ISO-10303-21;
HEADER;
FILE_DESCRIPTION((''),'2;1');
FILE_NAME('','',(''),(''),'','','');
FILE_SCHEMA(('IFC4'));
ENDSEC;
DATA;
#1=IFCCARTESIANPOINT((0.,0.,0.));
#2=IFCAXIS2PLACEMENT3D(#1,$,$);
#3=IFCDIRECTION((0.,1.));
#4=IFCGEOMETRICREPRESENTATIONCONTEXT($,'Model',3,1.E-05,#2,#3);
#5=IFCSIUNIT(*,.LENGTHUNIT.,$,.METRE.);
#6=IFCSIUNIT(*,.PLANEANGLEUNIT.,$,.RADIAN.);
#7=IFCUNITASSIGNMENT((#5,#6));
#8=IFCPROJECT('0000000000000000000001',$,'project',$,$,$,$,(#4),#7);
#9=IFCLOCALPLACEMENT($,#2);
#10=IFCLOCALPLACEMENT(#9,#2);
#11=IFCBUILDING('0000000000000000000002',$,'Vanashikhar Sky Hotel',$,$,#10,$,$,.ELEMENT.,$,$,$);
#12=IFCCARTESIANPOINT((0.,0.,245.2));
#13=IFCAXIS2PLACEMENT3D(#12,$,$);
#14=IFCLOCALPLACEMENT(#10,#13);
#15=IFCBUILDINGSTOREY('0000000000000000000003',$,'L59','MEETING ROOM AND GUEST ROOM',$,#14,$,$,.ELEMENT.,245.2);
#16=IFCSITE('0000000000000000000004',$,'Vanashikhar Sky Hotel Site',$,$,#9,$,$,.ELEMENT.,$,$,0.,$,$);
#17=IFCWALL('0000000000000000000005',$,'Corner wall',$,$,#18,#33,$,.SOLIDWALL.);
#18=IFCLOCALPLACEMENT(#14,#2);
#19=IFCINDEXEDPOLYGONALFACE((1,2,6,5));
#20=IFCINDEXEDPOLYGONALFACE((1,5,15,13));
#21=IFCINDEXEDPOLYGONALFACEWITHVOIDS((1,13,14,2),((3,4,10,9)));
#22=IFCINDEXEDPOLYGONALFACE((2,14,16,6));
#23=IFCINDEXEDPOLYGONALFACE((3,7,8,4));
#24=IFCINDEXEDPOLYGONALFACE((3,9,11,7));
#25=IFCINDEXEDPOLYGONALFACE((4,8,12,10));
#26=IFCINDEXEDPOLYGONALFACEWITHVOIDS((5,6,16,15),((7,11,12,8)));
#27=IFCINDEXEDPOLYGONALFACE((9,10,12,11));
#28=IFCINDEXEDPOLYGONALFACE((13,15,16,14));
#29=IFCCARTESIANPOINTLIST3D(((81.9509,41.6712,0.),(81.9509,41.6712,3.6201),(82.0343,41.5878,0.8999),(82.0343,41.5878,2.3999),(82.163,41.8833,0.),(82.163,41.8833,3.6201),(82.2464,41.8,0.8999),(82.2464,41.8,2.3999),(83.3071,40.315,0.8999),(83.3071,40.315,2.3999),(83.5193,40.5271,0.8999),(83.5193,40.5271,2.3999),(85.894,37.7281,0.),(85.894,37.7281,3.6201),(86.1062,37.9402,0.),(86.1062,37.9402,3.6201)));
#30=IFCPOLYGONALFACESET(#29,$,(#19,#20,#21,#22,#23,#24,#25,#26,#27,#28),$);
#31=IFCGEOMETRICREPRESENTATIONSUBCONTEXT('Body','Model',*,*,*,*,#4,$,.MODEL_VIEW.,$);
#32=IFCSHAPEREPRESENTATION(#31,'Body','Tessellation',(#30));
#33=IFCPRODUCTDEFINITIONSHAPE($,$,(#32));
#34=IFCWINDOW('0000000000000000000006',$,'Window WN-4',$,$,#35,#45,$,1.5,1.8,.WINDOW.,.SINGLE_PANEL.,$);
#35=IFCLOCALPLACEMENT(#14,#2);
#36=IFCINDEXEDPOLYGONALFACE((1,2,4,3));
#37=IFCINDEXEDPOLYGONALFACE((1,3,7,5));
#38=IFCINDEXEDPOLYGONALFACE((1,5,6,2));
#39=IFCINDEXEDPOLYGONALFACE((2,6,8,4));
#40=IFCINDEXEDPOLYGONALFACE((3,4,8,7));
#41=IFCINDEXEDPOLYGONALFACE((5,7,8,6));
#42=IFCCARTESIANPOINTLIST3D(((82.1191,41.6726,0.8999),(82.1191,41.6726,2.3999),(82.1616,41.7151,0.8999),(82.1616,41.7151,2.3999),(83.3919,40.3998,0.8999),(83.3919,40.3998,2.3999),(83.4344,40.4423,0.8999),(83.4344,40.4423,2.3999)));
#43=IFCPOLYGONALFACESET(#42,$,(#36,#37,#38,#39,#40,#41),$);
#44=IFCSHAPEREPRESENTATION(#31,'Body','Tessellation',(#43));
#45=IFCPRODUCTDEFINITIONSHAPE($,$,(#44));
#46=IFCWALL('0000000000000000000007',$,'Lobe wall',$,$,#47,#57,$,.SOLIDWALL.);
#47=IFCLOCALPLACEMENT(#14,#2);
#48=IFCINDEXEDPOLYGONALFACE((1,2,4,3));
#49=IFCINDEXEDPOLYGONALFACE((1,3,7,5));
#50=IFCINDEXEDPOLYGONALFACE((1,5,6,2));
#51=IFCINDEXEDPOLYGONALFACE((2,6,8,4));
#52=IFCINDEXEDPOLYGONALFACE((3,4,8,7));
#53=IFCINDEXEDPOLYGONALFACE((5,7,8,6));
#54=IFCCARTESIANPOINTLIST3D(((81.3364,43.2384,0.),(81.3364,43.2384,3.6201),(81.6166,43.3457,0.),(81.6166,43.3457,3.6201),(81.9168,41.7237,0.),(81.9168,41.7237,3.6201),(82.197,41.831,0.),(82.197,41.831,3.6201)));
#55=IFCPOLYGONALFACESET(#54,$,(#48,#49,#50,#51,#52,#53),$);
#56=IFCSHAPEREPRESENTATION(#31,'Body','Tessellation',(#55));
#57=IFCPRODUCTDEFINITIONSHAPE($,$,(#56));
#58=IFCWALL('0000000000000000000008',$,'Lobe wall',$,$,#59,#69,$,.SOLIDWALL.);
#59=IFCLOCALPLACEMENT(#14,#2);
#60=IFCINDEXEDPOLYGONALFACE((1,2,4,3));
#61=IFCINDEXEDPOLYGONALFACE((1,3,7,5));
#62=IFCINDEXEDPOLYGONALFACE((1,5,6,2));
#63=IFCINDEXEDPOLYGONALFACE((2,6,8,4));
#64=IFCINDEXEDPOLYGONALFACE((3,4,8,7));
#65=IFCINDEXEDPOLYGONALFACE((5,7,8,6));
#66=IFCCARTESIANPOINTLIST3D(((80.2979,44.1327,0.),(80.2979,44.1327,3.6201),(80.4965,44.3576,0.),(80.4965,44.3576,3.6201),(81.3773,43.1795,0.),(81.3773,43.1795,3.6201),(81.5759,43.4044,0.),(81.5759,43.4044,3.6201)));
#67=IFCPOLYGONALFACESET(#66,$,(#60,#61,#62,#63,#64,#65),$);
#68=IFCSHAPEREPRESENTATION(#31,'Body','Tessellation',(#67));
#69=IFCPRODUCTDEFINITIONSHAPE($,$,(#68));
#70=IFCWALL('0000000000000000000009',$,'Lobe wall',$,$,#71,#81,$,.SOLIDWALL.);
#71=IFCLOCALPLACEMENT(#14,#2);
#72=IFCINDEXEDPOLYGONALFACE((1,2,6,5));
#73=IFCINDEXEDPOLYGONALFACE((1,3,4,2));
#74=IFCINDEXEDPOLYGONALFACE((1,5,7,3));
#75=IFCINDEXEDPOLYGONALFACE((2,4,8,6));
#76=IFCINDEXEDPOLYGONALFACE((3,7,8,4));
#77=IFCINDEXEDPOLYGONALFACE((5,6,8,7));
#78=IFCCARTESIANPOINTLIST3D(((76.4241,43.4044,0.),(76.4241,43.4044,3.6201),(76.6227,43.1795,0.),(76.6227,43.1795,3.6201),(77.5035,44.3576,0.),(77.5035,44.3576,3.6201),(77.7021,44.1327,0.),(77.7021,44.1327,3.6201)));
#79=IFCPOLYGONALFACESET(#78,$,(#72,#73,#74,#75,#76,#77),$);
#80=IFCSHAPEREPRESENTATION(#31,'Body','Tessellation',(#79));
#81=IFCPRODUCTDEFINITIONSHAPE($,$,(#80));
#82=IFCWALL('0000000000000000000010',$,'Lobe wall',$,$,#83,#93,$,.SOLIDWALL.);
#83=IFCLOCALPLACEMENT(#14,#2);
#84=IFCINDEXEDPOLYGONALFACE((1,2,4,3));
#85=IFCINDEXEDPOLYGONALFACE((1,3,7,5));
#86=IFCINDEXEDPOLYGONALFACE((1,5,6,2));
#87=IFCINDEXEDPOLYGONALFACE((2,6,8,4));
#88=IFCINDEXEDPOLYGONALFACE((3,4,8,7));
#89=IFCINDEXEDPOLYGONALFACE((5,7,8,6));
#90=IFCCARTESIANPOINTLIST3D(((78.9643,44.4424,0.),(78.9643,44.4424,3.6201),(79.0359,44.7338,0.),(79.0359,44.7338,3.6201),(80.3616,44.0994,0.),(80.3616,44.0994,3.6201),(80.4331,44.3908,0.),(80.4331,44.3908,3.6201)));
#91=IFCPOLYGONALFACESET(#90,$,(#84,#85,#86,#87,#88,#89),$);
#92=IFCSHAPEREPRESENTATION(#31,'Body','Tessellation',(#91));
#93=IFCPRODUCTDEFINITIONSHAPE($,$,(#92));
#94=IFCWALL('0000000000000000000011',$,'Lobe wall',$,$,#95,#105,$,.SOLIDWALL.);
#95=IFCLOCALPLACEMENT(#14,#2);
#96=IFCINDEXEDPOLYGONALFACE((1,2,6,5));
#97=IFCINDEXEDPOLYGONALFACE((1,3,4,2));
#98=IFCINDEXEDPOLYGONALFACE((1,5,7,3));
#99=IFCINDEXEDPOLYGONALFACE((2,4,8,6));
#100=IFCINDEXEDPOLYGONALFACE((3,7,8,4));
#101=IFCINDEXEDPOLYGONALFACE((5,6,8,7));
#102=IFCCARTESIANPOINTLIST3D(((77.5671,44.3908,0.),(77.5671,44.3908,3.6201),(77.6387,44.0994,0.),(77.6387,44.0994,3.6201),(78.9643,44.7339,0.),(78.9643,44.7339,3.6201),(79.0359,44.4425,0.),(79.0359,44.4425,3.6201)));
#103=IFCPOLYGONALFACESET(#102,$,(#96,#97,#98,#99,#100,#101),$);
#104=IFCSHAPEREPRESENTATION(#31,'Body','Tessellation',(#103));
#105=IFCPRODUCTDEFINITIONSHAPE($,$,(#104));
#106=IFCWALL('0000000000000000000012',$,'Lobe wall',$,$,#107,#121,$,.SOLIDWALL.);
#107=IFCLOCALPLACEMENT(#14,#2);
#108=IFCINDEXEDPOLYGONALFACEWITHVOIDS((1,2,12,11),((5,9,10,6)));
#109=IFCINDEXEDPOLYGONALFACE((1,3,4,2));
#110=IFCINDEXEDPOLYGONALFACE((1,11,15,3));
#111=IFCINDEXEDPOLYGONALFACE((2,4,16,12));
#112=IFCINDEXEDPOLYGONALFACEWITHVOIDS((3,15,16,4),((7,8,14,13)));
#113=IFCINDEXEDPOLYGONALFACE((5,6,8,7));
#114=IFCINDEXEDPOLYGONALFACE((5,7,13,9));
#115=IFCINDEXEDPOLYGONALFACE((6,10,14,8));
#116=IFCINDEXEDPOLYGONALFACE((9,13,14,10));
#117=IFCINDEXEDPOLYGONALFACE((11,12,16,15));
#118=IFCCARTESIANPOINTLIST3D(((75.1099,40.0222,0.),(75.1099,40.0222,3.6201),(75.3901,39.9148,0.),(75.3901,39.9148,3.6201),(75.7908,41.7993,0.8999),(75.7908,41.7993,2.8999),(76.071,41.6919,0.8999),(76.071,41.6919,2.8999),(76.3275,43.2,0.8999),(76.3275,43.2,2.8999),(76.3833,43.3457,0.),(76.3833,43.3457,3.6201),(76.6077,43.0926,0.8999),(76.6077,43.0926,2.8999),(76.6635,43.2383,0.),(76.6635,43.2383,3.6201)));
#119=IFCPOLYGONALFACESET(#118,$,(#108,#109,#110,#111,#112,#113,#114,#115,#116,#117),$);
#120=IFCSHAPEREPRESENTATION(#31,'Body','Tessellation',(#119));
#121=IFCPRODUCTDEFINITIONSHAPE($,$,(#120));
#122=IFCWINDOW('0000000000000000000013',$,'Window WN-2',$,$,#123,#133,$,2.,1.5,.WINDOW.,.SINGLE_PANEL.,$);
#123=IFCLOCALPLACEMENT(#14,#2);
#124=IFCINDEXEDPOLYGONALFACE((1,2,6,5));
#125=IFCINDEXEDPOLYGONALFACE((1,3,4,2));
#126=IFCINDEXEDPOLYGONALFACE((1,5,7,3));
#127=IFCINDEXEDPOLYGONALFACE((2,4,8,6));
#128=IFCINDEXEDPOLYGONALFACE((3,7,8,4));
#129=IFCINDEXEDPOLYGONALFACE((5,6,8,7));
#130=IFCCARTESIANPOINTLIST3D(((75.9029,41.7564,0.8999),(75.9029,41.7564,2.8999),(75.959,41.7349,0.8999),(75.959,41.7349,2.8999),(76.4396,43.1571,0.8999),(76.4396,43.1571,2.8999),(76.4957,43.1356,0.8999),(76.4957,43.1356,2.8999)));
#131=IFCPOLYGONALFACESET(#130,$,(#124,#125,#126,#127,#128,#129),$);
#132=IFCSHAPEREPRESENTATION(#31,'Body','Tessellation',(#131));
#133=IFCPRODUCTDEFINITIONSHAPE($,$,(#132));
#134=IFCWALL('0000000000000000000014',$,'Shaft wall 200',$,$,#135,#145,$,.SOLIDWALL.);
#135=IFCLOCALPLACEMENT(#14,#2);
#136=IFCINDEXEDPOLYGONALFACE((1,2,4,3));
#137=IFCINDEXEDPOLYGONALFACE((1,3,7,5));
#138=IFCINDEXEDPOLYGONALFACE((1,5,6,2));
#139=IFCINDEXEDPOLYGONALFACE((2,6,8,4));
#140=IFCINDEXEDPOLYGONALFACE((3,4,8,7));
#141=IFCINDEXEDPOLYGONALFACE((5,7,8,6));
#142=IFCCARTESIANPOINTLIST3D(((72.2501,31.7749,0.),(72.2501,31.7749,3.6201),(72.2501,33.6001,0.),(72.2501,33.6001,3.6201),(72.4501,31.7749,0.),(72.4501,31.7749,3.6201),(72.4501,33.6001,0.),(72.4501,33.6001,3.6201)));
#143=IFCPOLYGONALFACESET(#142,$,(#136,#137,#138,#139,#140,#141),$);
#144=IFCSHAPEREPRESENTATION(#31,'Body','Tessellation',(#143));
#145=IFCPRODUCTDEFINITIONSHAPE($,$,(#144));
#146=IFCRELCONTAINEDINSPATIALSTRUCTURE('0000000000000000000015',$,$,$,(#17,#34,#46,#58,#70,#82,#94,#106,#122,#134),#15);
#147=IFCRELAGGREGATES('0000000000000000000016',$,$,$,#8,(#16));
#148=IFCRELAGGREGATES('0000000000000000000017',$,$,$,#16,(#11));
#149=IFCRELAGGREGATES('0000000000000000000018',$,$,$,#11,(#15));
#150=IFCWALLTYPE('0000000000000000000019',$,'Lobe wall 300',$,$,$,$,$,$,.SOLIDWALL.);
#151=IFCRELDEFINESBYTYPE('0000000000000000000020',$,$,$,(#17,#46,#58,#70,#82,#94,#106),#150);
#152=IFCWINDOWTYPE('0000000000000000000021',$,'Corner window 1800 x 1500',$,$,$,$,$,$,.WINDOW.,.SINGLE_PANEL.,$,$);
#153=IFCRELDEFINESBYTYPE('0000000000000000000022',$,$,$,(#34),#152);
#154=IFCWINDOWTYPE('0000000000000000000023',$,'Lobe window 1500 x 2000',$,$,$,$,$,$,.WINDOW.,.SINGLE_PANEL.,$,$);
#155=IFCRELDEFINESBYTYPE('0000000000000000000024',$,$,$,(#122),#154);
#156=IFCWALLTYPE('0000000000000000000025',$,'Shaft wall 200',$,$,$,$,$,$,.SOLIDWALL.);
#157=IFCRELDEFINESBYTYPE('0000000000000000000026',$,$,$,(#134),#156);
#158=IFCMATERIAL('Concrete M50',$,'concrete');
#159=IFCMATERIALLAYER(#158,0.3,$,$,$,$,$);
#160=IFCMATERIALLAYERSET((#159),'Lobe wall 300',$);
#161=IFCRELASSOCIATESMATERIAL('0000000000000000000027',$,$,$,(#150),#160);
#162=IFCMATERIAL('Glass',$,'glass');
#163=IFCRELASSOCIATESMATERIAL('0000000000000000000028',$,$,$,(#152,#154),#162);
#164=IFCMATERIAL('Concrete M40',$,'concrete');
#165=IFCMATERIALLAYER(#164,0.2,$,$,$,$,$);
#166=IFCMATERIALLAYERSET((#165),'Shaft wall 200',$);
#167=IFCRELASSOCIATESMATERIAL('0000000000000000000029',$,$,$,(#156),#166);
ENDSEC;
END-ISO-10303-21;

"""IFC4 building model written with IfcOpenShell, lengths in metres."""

from ifc_helpers import new_model, si_unit, direction, frame, frame_2d, origin, place, context, subcontext, project, spatial, rectangle, extrude, source, transform, mapped, material, layer, layer_set, type_object, element, fill, save


model = new_model("IFC4")

# Units and contexts
model_context = context("Model", 3, precision=1e-05, world=origin(), true_north=direction((0.0, 1.0)))
body_context = subcontext(model_context, "Body", "Model", "MODEL_VIEW")
ifc_project = project(units=[si_unit("LENGTHUNIT", "METRE"), si_unit("PLANEANGLEUNIT", "RADIAN")], contexts=[model_context])

# Site, building, storey
site_placement = place(None, origin())
site = spatial("IfcSite", under=ifc_project, at=site_placement, Name="Vanashikhar Sky Hotel Site", CompositionType="ELEMENT", RefElevation=0.0)
building_placement = place(site_placement, origin())
building = spatial("IfcBuilding", under=site, at=building_placement, Name="Vanashikhar Sky Hotel", CompositionType="ELEMENT")
storey_placement = place(building_placement, frame((0.0, 0.0, 245.2)))
storey = spatial("IfcBuildingStorey", under=building, at=storey_placement, Name="L59", Description="MEETING ROOM AND GUEST ROOM", CompositionType="ELEMENT", Elevation=245.2)

# Wall, opening, window
ifc_material_1 = material(Name="Concrete M50", Category="concrete")
ifc_layer_1 = layer(ifc_material_1, 0.3)
ifc_layer_set_1 = layer_set([ifc_layer_1], Name="Lobe wall 300")
wall_type_1 = type_object("IfcWallType", Name="Lobe wall 300", PredefinedType="SOLIDWALL", material=ifc_layer_set_1)
shared_shape_1 = source(origin(), body_context, "Body", "SweptSolid", [
    extrude(rectangle(XDim=5.5764, YDim=0.3, at=frame_2d((2.7881, 0.0))), origin(), (0.0, 0.0, 1.0), 3.6201),
])
wall_1_placement = place(storey_placement, frame((86.0, 37.8342, 0.0), z_axis=(0.0, 0.0, 1.0), x_axis=(-0.707107, 0.707107, 0.0)))
wall_1 = element("IfcWall", 1, at=wall_1_placement, inside=storey, type_object=wall_type_1, Name="Corner wall", PredefinedType="SOLIDWALL", context=body_context, shape_type="MappedRepresentation", body=[
    mapped(shared_shape_1, transform((0.0, 0.0, 0.0), scale=1.0)),
])
shared_shape_2 = source(origin(), body_context, "Body", "SweptSolid", [
    extrude(rectangle(XDim=1.8, YDim=1.5, at=frame_2d((0.8999, 0.75))), frame((0.0, 0.1602, 0.0), z_axis=(0.0, -1.0, 0.0), x_axis=(1.0, 0.0, 0.0)), (0.0, 0.0, 1.0), 0.3201),
])
opening_1_placement = place(wall_1_placement, frame((3.6584, 0.0, 0.8999)))
opening_1 = element("IfcOpeningElement", 2, at=opening_1_placement, cuts=wall_1, PredefinedType="OPENING", context=body_context, shape_type="MappedRepresentation", body=[
    mapped(shared_shape_2, transform((0.0, 0.0, 0.0), scale=1.0)),
])
ifc_material_2 = material(Name="Glass", Category="glass")
window_type_1 = type_object("IfcWindowType", Name="Corner window 1800 x 1500", PartitioningType="SINGLE_PANEL", PredefinedType="WINDOW", material=ifc_material_2)
shared_shape_3 = source(origin(), body_context, "Body", "SweptSolid", [
    extrude(rectangle(XDim=1.8, YDim=1.5, at=frame_2d((0.8999, 0.75))), frame((0.0, 0.03, 0.0), z_axis=(0.0, -1.0, 0.0), x_axis=(1.0, 0.0, 0.0)), (0.0, 0.0, 1.0), 0.0601),
])
window_1_placement = place(opening_1_placement, origin())
window_1 = element("IfcWindow", 3, at=window_1_placement, inside=storey, type_object=window_type_1, Name="Window WN-4", OverallHeight=1.5, OverallWidth=1.8, PartitioningType="SINGLE_PANEL", PredefinedType="WINDOW", context=body_context, shape_type="MappedRepresentation", body=[
    mapped(shared_shape_3, transform((0.0, 0.0, 0.0), scale=1.0)),
])
fill(opening_1, window_1)

# Walls
shared_shape_4 = source(origin(), body_context, "Body", "SweptSolid", [
    extrude(rectangle(XDim=1.6221, YDim=0.3, at=frame_2d((0.811, 0.0))), origin(), (0.0, 0.0, 1.0), 3.6201),
])
wall_2_placement = place(storey_placement, frame((82.0569, 41.7773, 0.0), z_axis=(0.0, 0.0, 1.0), x_axis=(-0.357779, 0.933806, 0.0)))
element("IfcWall", 4, at=wall_2_placement, inside=storey, type_object=wall_type_1, Name="Lobe wall", PredefinedType="SOLIDWALL", context=body_context, shape_type="MappedRepresentation", body=[
    mapped(shared_shape_4, transform((0.0, 0.0, 0.0), scale=1.0)),
])
shared_shape_5 = source(origin(), body_context, "Body", "SweptSolid", [
    extrude(rectangle(XDim=1.4399, YDim=0.3, at=frame_2d((0.72, 0.0))), origin(), (0.0, 0.0, 1.0), 3.6201),
])
for number, where, z_axis, x_axis, name in (
    (5, (81.4766, 43.292, 0.0), (0.0, 0.0, 1.0), (-0.749576, 0.661919, 0.0), "Lobe wall"),
    (6, (77.6028, 44.2451, 0.0), (0.0, 0.0, 1.0), (-0.749576, -0.661919, 0.0), "Lobe wall"),
):
    element("IfcWall", number, at=place(storey_placement, frame(where, z_axis=z_axis, x_axis=x_axis)), inside=storey, type_object=wall_type_1, Name=name, PredefinedType="SOLIDWALL", context=body_context, shape_type="MappedRepresentation", body=[
        mapped(shared_shape_5, transform((0.0, 0.0, 0.0), scale=1.0)),
    ])
shared_shape_6 = source(origin(), body_context, "Body", "SweptSolid", [
    extrude(rectangle(XDim=1.4387, YDim=0.3, at=frame_2d((0.7192, 0.0))), origin(), (0.0, 0.0, 1.0), 3.6201),
])
for number, where, z_axis, x_axis, name in (
    (7, (80.3972, 44.2451, 0.0), (0.0, 0.0, 1.0), (-0.971162, 0.238421, 0.0), "Lobe wall"),
    (8, (79.0, 44.5881, 0.0), (0.0, 0.0, 1.0), (-0.971162, -0.238421, 0.0), "Lobe wall"),
):
    element("IfcWall", number, at=place(storey_placement, frame(where, z_axis=z_axis, x_axis=x_axis)), inside=storey, type_object=wall_type_1, Name=name, PredefinedType="SOLIDWALL", context=body_context, shape_type="MappedRepresentation", body=[
        mapped(shared_shape_6, transform((0.0, 0.0, 0.0), scale=1.0)),
    ])

# Wall, opening, window
shared_shape_7 = source(origin(), body_context, "Body", "SweptSolid", [
    extrude(rectangle(XDim=3.5591, YDim=0.3, at=frame_2d((1.7795, 0.0))), origin(), (0.0, 0.0, 1.0), 3.6201),
])
wall_3_placement = place(storey_placement, frame((76.5234, 43.292, 0.0), z_axis=(0.0, 0.0, 1.0), x_axis=(-0.357797, -0.933799, 0.0)))
wall_3 = element("IfcWall", 9, at=wall_3_placement, inside=storey, type_object=wall_type_1, Name="Lobe wall", PredefinedType="SOLIDWALL", context=body_context, shape_type="MappedRepresentation", body=[
    mapped(shared_shape_7, transform((0.0, 0.0, 0.0), scale=1.0)),
])
shared_shape_8 = source(origin(), body_context, "Body", "SweptSolid", [
    extrude(rectangle(XDim=1.5, YDim=2.0, at=frame_2d((0.75, 1.0))), frame((0.0, 0.1602, 0.0), z_axis=(0.0, -1.0, 0.0), x_axis=(1.0, 0.0, 0.0)), (0.0, 0.0, 1.0), 0.3201),
])
opening_2_placement = place(wall_3_placement, frame((0.156, 0.0, 0.8999)))
opening_2 = element("IfcOpeningElement", 10, at=opening_2_placement, cuts=wall_3, PredefinedType="OPENING", context=body_context, shape_type="MappedRepresentation", body=[
    mapped(shared_shape_8, transform((0.0, 0.0, 0.0), scale=1.0)),
])
window_type_2 = type_object("IfcWindowType", Name="Lobe window 1500 x 2000", PartitioningType="SINGLE_PANEL", PredefinedType="WINDOW", material=ifc_material_2)
shared_shape_9 = source(origin(), body_context, "Body", "SweptSolid", [
    extrude(rectangle(XDim=1.5, YDim=2.0, at=frame_2d((0.75, 1.0))), frame((0.0, 0.03, 0.0), z_axis=(0.0, -1.0, 0.0), x_axis=(1.0, 0.0, 0.0)), (0.0, 0.0, 1.0), 0.0601),
])
window_2_placement = place(opening_2_placement, origin())
window_2 = element("IfcWindow", 11, at=window_2_placement, inside=storey, type_object=window_type_2, Name="Window WN-2", OverallHeight=2.0, OverallWidth=1.5, PartitioningType="SINGLE_PANEL", PredefinedType="WINDOW", context=body_context, shape_type="MappedRepresentation", body=[
    mapped(shared_shape_9, transform((0.0, 0.0, 0.0), scale=1.0)),
])
fill(opening_2, window_2)

# Wall
ifc_material_3 = material(Name="Concrete M40", Category="concrete")
ifc_layer_2 = layer(ifc_material_3, 0.2)
ifc_layer_set_2 = layer_set([ifc_layer_2], Name="Shaft wall 200")
wall_type_2 = type_object("IfcWallType", Name="Shaft wall 200", PredefinedType="SOLIDWALL", material=ifc_layer_set_2)
shared_shape_10 = source(origin(), body_context, "Body", "SweptSolid", [
    extrude(rectangle(XDim=1.8252, YDim=0.2, at=frame_2d((0.9126, 0.0))), origin(), (0.0, 0.0, 1.0), 3.6201),
])
wall_4_placement = place(storey_placement, frame((72.3501, 31.7749, 0.0), z_axis=(0.0, 0.0, 1.0), x_axis=(0.0, 1.0, 0.0)))
element("IfcWall", 12, at=wall_4_placement, inside=storey, type_object=wall_type_2, Name="Shaft wall 200", PredefinedType="SOLIDWALL", context=body_context, shape_type="MappedRepresentation", body=[
    mapped(shared_shape_10, transform((0.0, 0.0, 0.0), scale=1.0)),
])

save(model, "model.ifc")
